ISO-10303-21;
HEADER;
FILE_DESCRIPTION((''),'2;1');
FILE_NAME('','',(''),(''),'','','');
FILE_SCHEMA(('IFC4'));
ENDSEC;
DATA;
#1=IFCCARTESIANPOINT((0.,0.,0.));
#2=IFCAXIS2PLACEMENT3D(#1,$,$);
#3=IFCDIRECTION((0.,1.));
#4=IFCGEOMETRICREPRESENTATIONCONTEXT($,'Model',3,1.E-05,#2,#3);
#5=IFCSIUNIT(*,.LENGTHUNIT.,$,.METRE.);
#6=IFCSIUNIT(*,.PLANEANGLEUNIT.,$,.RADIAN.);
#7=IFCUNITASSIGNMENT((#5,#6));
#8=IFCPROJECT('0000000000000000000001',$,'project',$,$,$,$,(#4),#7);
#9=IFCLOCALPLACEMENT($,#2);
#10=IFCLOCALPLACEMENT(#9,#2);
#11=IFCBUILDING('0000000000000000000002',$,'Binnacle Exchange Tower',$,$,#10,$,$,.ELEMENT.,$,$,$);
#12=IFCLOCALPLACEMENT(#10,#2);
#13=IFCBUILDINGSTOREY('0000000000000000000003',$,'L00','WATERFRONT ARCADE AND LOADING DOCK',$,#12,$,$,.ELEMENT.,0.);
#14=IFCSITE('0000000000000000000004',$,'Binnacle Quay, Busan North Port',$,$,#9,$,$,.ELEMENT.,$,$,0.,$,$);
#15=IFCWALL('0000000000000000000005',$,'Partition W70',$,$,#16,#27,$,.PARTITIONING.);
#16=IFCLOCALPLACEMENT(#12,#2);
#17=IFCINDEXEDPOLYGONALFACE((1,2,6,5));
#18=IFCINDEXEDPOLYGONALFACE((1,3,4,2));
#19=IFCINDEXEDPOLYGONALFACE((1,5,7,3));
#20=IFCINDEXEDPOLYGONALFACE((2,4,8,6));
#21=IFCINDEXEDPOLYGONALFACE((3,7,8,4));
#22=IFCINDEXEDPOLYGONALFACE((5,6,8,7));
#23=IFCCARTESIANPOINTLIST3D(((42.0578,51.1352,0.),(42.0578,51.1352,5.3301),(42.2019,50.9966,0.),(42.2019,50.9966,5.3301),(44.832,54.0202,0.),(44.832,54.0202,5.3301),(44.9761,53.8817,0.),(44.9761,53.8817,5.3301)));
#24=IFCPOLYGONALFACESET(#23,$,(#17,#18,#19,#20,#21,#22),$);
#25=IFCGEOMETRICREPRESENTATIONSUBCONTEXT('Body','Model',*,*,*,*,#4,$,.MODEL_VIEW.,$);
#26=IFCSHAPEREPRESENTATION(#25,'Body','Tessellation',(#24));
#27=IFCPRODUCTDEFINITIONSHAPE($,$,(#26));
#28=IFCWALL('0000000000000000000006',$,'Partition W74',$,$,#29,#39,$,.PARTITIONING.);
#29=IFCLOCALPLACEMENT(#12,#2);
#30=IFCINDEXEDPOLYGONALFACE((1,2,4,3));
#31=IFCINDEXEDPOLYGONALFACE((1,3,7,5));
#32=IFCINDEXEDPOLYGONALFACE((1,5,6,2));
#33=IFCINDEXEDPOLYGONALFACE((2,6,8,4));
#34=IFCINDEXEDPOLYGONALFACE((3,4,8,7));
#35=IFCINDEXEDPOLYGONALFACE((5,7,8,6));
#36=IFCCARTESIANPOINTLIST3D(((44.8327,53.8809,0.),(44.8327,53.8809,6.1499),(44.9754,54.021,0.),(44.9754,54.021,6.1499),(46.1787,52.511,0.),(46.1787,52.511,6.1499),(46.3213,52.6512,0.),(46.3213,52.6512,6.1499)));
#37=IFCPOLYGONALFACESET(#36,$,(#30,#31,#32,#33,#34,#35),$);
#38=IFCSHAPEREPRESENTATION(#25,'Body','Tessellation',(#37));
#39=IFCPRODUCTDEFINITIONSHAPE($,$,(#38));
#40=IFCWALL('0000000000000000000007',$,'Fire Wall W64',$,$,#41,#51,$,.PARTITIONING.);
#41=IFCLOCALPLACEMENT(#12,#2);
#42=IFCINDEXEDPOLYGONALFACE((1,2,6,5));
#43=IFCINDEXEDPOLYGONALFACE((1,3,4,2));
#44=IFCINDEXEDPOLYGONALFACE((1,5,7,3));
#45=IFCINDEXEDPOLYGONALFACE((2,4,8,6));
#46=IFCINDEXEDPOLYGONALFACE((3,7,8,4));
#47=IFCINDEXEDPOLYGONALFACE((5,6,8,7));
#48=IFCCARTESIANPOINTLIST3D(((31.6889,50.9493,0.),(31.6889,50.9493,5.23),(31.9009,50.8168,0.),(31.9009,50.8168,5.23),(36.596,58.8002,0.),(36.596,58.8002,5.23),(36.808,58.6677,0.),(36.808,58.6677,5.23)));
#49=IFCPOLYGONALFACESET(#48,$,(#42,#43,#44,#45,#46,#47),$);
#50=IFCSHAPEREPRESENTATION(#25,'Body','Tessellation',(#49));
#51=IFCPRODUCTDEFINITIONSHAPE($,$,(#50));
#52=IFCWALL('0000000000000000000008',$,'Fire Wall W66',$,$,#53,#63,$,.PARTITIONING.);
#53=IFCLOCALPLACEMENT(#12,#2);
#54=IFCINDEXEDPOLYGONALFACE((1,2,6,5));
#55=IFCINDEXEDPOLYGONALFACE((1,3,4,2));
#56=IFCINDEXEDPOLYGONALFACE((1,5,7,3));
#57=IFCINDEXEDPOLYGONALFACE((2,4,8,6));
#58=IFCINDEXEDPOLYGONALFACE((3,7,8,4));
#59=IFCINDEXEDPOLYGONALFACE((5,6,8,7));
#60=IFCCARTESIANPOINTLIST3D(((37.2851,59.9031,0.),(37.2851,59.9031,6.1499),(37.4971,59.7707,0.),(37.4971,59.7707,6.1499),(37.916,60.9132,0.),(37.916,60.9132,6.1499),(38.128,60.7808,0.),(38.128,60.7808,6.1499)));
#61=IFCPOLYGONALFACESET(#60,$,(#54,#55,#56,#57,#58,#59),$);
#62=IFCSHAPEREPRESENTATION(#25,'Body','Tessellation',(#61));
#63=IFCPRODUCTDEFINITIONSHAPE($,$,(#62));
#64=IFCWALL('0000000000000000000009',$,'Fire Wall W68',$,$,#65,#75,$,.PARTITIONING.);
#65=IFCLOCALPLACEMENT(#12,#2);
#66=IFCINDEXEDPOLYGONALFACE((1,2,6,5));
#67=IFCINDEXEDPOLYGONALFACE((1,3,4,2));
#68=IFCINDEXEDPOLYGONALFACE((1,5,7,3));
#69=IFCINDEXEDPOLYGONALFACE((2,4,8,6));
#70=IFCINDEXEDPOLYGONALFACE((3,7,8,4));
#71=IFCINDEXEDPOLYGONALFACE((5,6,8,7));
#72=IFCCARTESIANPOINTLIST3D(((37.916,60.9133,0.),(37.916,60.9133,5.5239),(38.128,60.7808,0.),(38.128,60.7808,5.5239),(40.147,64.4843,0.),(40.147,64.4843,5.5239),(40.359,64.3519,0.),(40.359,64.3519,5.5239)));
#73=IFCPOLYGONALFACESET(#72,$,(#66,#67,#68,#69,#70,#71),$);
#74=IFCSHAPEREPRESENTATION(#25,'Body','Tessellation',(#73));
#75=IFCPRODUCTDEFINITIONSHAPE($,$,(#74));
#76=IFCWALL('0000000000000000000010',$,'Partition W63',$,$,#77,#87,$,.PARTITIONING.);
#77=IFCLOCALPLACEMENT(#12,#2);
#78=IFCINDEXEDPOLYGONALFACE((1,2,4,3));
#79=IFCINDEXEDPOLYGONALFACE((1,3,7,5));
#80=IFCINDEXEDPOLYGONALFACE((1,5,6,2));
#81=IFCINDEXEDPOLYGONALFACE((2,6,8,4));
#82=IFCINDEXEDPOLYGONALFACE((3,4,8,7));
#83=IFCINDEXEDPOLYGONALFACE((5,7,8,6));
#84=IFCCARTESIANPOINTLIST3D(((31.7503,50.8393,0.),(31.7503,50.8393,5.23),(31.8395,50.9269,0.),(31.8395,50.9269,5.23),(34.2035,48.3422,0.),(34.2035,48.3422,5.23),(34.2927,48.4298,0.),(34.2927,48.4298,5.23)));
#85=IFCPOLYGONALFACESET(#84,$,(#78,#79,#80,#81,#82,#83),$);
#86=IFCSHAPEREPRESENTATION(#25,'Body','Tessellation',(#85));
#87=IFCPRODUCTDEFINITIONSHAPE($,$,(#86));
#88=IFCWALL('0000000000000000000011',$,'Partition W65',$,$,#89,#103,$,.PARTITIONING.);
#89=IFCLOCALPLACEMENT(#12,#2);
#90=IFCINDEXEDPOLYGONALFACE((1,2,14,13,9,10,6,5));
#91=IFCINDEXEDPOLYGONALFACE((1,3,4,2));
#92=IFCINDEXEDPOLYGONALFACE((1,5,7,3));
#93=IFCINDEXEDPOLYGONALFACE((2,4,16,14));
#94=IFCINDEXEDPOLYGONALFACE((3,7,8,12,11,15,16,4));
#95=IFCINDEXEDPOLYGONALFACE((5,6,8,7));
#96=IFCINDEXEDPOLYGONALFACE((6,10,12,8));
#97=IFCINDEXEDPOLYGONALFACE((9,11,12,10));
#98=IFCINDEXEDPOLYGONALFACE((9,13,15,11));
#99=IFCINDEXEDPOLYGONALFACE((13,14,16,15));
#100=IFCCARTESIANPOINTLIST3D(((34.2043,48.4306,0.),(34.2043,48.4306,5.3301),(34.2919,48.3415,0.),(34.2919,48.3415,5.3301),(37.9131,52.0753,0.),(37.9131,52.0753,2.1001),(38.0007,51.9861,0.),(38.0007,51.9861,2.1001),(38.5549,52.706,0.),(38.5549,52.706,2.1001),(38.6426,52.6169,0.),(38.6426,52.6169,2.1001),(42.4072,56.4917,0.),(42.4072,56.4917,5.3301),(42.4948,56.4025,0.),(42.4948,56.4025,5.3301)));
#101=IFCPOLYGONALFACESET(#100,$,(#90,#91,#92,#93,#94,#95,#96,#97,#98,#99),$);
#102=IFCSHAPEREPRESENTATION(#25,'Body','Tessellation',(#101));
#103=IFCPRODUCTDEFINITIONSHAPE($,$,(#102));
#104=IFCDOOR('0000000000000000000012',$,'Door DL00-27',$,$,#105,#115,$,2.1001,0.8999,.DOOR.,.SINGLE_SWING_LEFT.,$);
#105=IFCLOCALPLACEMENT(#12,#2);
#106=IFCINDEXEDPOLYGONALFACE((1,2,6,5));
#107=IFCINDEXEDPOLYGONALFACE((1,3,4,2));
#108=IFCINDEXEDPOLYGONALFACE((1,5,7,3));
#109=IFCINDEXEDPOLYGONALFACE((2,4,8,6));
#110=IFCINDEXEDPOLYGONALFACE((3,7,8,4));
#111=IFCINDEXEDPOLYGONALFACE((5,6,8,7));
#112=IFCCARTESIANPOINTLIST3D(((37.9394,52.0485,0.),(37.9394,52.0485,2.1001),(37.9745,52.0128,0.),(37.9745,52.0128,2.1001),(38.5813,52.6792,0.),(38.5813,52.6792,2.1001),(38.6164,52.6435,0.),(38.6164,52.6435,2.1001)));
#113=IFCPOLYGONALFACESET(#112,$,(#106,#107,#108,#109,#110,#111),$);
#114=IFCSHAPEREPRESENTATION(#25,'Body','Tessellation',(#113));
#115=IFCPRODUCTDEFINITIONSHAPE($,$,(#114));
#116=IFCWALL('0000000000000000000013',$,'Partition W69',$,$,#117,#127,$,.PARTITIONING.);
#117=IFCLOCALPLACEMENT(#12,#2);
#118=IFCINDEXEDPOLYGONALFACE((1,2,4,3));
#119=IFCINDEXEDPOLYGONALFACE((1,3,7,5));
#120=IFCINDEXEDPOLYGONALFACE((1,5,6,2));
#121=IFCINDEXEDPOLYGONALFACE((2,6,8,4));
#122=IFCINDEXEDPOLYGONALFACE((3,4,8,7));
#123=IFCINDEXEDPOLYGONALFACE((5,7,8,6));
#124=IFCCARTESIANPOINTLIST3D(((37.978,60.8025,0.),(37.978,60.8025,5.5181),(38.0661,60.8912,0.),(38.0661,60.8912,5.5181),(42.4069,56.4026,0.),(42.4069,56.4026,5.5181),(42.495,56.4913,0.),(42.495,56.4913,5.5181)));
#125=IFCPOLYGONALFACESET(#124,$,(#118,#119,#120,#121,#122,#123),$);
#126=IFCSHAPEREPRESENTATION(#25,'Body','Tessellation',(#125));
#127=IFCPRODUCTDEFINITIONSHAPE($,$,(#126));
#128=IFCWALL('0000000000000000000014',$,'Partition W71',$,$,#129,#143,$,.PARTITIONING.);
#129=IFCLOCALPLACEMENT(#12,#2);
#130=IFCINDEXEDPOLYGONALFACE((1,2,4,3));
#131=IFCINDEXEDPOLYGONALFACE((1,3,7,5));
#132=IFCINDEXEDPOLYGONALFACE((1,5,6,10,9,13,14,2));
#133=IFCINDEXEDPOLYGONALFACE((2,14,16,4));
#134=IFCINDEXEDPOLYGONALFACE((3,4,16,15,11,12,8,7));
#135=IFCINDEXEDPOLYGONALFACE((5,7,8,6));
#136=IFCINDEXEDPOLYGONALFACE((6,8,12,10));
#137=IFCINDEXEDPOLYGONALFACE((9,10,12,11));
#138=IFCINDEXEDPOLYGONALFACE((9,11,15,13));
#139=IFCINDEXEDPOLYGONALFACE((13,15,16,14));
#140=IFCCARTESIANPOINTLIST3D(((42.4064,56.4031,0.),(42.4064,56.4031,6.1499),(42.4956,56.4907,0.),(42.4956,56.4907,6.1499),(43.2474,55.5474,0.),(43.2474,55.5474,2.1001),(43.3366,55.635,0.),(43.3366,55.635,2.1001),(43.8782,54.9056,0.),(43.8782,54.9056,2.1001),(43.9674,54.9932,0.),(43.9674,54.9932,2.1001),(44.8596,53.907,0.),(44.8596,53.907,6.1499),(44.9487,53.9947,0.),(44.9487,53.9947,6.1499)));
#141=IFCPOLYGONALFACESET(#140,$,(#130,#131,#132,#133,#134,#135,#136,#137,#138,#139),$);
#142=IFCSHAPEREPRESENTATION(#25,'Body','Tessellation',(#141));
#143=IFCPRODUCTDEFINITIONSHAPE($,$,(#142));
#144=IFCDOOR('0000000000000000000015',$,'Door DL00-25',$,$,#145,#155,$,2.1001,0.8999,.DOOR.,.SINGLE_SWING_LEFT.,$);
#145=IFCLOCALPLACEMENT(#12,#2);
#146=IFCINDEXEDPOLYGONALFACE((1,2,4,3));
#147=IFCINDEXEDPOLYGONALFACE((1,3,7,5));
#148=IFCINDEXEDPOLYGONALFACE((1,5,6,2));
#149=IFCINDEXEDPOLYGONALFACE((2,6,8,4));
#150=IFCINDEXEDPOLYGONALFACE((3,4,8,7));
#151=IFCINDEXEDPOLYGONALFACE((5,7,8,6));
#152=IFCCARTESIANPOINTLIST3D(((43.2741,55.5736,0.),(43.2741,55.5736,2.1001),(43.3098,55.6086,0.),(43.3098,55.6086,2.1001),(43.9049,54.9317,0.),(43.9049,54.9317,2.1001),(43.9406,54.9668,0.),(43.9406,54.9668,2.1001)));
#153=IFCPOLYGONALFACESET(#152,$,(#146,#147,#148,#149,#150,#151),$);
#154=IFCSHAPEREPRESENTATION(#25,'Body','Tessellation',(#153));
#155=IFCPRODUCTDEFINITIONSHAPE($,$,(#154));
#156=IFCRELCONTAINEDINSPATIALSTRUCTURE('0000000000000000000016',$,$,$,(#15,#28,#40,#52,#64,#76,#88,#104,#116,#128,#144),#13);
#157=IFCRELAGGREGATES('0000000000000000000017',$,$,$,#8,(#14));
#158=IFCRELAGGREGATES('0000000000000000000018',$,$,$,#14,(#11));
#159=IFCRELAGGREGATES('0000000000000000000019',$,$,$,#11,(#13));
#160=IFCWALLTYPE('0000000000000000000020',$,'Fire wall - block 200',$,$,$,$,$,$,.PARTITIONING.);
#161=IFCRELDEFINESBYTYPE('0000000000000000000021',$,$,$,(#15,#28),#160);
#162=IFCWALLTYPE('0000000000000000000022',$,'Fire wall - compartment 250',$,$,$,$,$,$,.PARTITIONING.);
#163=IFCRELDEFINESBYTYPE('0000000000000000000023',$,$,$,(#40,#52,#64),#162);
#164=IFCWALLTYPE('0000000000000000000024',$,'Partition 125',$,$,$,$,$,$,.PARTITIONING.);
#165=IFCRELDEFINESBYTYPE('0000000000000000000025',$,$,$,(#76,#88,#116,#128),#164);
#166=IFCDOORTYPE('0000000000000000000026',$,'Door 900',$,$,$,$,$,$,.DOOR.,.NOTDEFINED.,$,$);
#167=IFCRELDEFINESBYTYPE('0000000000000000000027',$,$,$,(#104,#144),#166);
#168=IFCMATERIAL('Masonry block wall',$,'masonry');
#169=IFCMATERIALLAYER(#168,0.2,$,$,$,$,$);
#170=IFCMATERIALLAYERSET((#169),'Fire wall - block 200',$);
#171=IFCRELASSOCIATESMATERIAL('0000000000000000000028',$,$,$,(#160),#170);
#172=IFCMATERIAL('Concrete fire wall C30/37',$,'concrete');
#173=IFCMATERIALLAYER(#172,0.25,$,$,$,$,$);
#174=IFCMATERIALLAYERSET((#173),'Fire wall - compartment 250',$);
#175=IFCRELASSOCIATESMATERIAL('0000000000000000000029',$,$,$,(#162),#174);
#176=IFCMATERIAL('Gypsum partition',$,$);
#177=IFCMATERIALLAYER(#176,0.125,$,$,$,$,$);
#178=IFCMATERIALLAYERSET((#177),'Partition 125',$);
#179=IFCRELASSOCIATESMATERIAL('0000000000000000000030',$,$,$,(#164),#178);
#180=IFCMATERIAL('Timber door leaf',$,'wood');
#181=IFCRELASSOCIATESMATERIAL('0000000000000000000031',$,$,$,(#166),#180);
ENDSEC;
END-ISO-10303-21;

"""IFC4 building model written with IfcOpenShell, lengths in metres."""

from ifc_helpers import new_model, si_unit, direction, frame, frame_2d, origin, place, context, subcontext, project, spatial, rectangle, extrude, material, layer, layer_set, type_object, element, fill, save


model = new_model("IFC4")

# Units and contexts
model_context = context("Model", 3, precision=1e-05, world=origin(), true_north=direction((0.0, 1.0)))
body_context = subcontext(model_context, "Body", "Model", "MODEL_VIEW")
ifc_project = project(units=[si_unit("LENGTHUNIT", "METRE"), si_unit("PLANEANGLEUNIT", "RADIAN")], contexts=[model_context])

# Site, building, storey
site_placement = place(None, origin())
site = spatial("IfcSite", under=ifc_project, at=site_placement, Name="Binnacle Quay, Busan North Port", CompositionType="ELEMENT", RefElevation=0.0)
building_placement = place(site_placement, origin())
building = spatial("IfcBuilding", under=site, at=building_placement, Name="Binnacle Exchange Tower", CompositionType="ELEMENT")
storey_placement = place(building_placement, origin())
storey = spatial("IfcBuildingStorey", under=building, at=storey_placement, Name="L00", Description="WATERFRONT ARCADE AND LOADING DOCK", CompositionType="ELEMENT", Elevation=0.0)

# Walls
ifc_material_1 = material(Name="Masonry block wall", Category="masonry")
ifc_layer_1 = layer(ifc_material_1, 0.2)
ifc_layer_set_1 = layer_set([ifc_layer_1], Name="Fire wall - block 200")
wall_type_1 = type_object("IfcWallType", Name="Fire wall - block 200", PredefinedType="PARTITIONING", material=ifc_layer_set_1)
wall_1_placement = place(storey_placement, frame((42.1299, 51.0659, 0.0), z_axis=(0.0, 0.0, 1.0), x_axis=(0.693125, 0.720818, 0.0)))
element("IfcWall", 1, at=wall_1_placement, inside=storey, type_object=wall_type_1, Name="Partition W70", PredefinedType="PARTITIONING", context=body_context, shape_type="SweptSolid", body=[
    extrude(rectangle(XDim=4.0024, YDim=0.2, at=frame_2d((2.0012, 0.0))), origin(), (0.0, 0.0, 1.0), 5.3301),
])
wall_2_placement = place(storey_placement, frame((44.9041, 53.9509, 0.0), z_axis=(0.0, 0.0, 1.0), x_axis=(0.70085, -0.713309, 0.0)))
element("IfcWall", 2, at=wall_2_placement, inside=storey, type_object=wall_type_1, Name="Partition W74", PredefinedType="PARTITIONING", context=body_context, shape_type="SweptSolid", body=[
    extrude(rectangle(XDim=1.9204, YDim=0.2, at=frame_2d((0.9602, 0.0))), origin(), (0.0, 0.0, 1.0), 6.1499),
])
ifc_material_2 = material(Name="Concrete fire wall C30/37", Category="concrete")
ifc_layer_2 = layer(ifc_material_2, 0.25)
ifc_layer_set_2 = layer_set([ifc_layer_2], Name="Fire wall - compartment 250")
wall_type_2 = type_object("IfcWallType", Name="Fire wall - compartment 250", PredefinedType="PARTITIONING", material=ifc_layer_set_2)
wall_3_placement = place(storey_placement, frame((31.7949, 50.8831, 0.0), z_axis=(0.0, 0.0, 1.0), x_axis=(0.530016, 0.847988, 0.0)))
element("IfcWall", 3, at=wall_3_placement, inside=storey, type_object=wall_type_2, Name="Fire Wall W64", PredefinedType="PARTITIONING", context=body_context, shape_type="SweptSolid", body=[
    extrude(rectangle(XDim=9.2583, YDim=0.25, at=frame_2d((4.6292, 0.0))), origin(), (0.0, 0.0, 1.0), 5.23),
])
wall_4_placement = place(storey_placement, frame((37.3911, 59.8369, 0.0), z_axis=(0.0, 0.0, 1.0), x_axis=(0.529759, 0.848148, 0.0)))
element("IfcWall", 4, at=wall_4_placement, inside=storey, type_object=wall_type_2, Name="Fire Wall W66", PredefinedType="PARTITIONING", context=body_context, shape_type="SweptSolid", body=[
    extrude(rectangle(XDim=1.1909, YDim=0.25, at=frame_2d((0.5955, 0.0))), origin(), (0.0, 0.0, 1.0), 6.1499),
])
wall_5_placement = place(storey_placement, frame((38.022, 60.8469, 0.0), z_axis=(0.0, 0.0, 1.0), x_axis=(0.529837, 0.848099, 0.0)))
element("IfcWall", 5, at=wall_5_placement, inside=storey, type_object=wall_type_2, Name="Fire Wall W68", PredefinedType="PARTITIONING", context=body_context, shape_type="SweptSolid", body=[
    extrude(rectangle(XDim=4.2107, YDim=0.25, at=frame_2d((2.1055, 0.0))), origin(), (0.0, 0.0, 1.0), 5.5239),
])
ifc_material_3 = material(Name="Gypsum partition")
ifc_layer_3 = layer(ifc_material_3, 0.125)
ifc_layer_set_3 = layer_set([ifc_layer_3], Name="Partition 125")
wall_type_3 = type_object("IfcWallType", Name="Partition 125", PredefinedType="PARTITIONING", material=ifc_layer_set_3)
wall_6_placement = place(storey_placement, frame((31.7949, 50.8831, 0.0), z_axis=(0.0, 0.0, 1.0), x_axis=(0.700802, -0.713356, 0.0)))
element("IfcWall", 6, at=wall_6_placement, inside=storey, type_object=wall_type_3, Name="Partition W63", PredefinedType="PARTITIONING", context=body_context, shape_type="SweptSolid", body=[
    extrude(rectangle(XDim=3.5005, YDim=0.125, at=frame_2d((1.7502, 0.0))), origin(), (0.0, 0.0, 1.0), 5.23),
])

# Wall, opening, door
wall_7_placement = place(storey_placement, frame((34.248, 48.386, 0.0), z_axis=(0.0, 0.0, 1.0), x_axis=(0.713247, 0.700913, 0.0)))
wall_7 = element("IfcWall", 7, at=wall_7_placement, inside=storey, type_object=wall_type_3, Name="Partition W65", PredefinedType="PARTITIONING", context=body_context, shape_type="SweptSolid", body=[
    extrude(rectangle(XDim=11.5007, YDim=0.125, at=frame_2d((5.7505, 0.0))), origin(), (0.0, 0.0, 1.0), 5.3301),
])
opening_1_placement = place(wall_7_placement, frame((5.2, 0.0, 0.0)))
opening_1 = element("IfcOpeningElement", 8, at=opening_1_placement, cuts=wall_7, PredefinedType="OPENING", context=body_context, shape_type="SweptSolid", body=[
    extrude(rectangle(XDim=0.8999, YDim=2.1001, at=frame_2d((0.45, 1.05))), frame((0.0, 0.0725, 0.0), z_axis=(0.0, -1.0, 0.0), x_axis=(1.0, 0.0, 0.0)), (0.0, 0.0, 1.0), 0.145),
])
ifc_material_4 = material(Name="Timber door leaf", Category="wood")
door_type_1 = type_object("IfcDoorType", Name="Door 900", OperationType="NOTDEFINED", PredefinedType="DOOR", material=ifc_material_4)
door_1_placement = place(opening_1_placement, origin())
door_1 = element("IfcDoor", 9, at=door_1_placement, inside=storey, type_object=door_type_1, Name="Door DL00-27", OperationType="SINGLE_SWING_LEFT", OverallHeight=2.1001, OverallWidth=0.8999, PredefinedType="DOOR", context=body_context, shape_type="SweptSolid", body=[
    extrude(rectangle(XDim=0.8999, YDim=2.1001, at=frame_2d((0.45, 1.05))), frame((0.0, 0.0249, 0.0), z_axis=(0.0, -1.0, 0.0), x_axis=(1.0, 0.0, 0.0)), (0.0, 0.0, 1.0), 0.05),
])
fill(opening_1, door_1)

# Wall
wall_8_placement = place(storey_placement, frame((38.022, 60.8469, 0.0), z_axis=(0.0, 0.0, 1.0), x_axis=(0.70943, -0.704776, 0.0)))
element("IfcWall", 10, at=wall_8_placement, inside=storey, type_object=wall_type_3, Name="Partition W69", PredefinedType="PARTITIONING", context=body_context, shape_type="SweptSolid", body=[
    extrude(rectangle(XDim=6.2429, YDim=0.125, at=frame_2d((3.1216, 0.0))), origin(), (0.0, 0.0, 1.0), 5.5181),
])

# Wall, opening, door
wall_9_placement = place(storey_placement, frame((42.4509, 56.447, 0.0), z_axis=(0.0, 0.0, 1.0), x_axis=(0.700941, -0.713219, 0.0)))
wall_9 = element("IfcWall", 11, at=wall_9_placement, inside=storey, type_object=wall_type_3, Name="Partition W71", PredefinedType="PARTITIONING", context=body_context, shape_type="SweptSolid", body=[
    extrude(rectangle(XDim=3.4998, YDim=0.125, at=frame_2d((1.75, 0.0))), origin(), (0.0, 0.0, 1.0), 6.1499),
])
opening_2_placement = place(wall_9_placement, frame((1.2, 0.0, 0.0)))
opening_2 = element("IfcOpeningElement", 12, at=opening_2_placement, cuts=wall_9, PredefinedType="OPENING", context=body_context, shape_type="SweptSolid", body=[
    extrude(rectangle(XDim=0.8999, YDim=2.1001, at=frame_2d((0.45, 1.05))), frame((0.0, 0.0725, 0.0), z_axis=(0.0, -1.0, 0.0), x_axis=(1.0, 0.0, 0.0)), (0.0, 0.0, 1.0), 0.145),
])
door_2_placement = place(opening_2_placement, origin())
door_2 = element("IfcDoor", 13, at=door_2_placement, inside=storey, type_object=door_type_1, Name="Door DL00-25", OperationType="SINGLE_SWING_LEFT", OverallHeight=2.1001, OverallWidth=0.8999, PredefinedType="DOOR", context=body_context, shape_type="SweptSolid", body=[
    extrude(rectangle(XDim=0.8999, YDim=2.1001, at=frame_2d((0.45, 1.05))), frame((0.0, 0.0249, 0.0), z_axis=(0.0, -1.0, 0.0), x_axis=(1.0, 0.0, 0.0)), (0.0, 0.0, 1.0), 0.05),
])
fill(opening_2, door_2)

save(model, "model.ifc")
